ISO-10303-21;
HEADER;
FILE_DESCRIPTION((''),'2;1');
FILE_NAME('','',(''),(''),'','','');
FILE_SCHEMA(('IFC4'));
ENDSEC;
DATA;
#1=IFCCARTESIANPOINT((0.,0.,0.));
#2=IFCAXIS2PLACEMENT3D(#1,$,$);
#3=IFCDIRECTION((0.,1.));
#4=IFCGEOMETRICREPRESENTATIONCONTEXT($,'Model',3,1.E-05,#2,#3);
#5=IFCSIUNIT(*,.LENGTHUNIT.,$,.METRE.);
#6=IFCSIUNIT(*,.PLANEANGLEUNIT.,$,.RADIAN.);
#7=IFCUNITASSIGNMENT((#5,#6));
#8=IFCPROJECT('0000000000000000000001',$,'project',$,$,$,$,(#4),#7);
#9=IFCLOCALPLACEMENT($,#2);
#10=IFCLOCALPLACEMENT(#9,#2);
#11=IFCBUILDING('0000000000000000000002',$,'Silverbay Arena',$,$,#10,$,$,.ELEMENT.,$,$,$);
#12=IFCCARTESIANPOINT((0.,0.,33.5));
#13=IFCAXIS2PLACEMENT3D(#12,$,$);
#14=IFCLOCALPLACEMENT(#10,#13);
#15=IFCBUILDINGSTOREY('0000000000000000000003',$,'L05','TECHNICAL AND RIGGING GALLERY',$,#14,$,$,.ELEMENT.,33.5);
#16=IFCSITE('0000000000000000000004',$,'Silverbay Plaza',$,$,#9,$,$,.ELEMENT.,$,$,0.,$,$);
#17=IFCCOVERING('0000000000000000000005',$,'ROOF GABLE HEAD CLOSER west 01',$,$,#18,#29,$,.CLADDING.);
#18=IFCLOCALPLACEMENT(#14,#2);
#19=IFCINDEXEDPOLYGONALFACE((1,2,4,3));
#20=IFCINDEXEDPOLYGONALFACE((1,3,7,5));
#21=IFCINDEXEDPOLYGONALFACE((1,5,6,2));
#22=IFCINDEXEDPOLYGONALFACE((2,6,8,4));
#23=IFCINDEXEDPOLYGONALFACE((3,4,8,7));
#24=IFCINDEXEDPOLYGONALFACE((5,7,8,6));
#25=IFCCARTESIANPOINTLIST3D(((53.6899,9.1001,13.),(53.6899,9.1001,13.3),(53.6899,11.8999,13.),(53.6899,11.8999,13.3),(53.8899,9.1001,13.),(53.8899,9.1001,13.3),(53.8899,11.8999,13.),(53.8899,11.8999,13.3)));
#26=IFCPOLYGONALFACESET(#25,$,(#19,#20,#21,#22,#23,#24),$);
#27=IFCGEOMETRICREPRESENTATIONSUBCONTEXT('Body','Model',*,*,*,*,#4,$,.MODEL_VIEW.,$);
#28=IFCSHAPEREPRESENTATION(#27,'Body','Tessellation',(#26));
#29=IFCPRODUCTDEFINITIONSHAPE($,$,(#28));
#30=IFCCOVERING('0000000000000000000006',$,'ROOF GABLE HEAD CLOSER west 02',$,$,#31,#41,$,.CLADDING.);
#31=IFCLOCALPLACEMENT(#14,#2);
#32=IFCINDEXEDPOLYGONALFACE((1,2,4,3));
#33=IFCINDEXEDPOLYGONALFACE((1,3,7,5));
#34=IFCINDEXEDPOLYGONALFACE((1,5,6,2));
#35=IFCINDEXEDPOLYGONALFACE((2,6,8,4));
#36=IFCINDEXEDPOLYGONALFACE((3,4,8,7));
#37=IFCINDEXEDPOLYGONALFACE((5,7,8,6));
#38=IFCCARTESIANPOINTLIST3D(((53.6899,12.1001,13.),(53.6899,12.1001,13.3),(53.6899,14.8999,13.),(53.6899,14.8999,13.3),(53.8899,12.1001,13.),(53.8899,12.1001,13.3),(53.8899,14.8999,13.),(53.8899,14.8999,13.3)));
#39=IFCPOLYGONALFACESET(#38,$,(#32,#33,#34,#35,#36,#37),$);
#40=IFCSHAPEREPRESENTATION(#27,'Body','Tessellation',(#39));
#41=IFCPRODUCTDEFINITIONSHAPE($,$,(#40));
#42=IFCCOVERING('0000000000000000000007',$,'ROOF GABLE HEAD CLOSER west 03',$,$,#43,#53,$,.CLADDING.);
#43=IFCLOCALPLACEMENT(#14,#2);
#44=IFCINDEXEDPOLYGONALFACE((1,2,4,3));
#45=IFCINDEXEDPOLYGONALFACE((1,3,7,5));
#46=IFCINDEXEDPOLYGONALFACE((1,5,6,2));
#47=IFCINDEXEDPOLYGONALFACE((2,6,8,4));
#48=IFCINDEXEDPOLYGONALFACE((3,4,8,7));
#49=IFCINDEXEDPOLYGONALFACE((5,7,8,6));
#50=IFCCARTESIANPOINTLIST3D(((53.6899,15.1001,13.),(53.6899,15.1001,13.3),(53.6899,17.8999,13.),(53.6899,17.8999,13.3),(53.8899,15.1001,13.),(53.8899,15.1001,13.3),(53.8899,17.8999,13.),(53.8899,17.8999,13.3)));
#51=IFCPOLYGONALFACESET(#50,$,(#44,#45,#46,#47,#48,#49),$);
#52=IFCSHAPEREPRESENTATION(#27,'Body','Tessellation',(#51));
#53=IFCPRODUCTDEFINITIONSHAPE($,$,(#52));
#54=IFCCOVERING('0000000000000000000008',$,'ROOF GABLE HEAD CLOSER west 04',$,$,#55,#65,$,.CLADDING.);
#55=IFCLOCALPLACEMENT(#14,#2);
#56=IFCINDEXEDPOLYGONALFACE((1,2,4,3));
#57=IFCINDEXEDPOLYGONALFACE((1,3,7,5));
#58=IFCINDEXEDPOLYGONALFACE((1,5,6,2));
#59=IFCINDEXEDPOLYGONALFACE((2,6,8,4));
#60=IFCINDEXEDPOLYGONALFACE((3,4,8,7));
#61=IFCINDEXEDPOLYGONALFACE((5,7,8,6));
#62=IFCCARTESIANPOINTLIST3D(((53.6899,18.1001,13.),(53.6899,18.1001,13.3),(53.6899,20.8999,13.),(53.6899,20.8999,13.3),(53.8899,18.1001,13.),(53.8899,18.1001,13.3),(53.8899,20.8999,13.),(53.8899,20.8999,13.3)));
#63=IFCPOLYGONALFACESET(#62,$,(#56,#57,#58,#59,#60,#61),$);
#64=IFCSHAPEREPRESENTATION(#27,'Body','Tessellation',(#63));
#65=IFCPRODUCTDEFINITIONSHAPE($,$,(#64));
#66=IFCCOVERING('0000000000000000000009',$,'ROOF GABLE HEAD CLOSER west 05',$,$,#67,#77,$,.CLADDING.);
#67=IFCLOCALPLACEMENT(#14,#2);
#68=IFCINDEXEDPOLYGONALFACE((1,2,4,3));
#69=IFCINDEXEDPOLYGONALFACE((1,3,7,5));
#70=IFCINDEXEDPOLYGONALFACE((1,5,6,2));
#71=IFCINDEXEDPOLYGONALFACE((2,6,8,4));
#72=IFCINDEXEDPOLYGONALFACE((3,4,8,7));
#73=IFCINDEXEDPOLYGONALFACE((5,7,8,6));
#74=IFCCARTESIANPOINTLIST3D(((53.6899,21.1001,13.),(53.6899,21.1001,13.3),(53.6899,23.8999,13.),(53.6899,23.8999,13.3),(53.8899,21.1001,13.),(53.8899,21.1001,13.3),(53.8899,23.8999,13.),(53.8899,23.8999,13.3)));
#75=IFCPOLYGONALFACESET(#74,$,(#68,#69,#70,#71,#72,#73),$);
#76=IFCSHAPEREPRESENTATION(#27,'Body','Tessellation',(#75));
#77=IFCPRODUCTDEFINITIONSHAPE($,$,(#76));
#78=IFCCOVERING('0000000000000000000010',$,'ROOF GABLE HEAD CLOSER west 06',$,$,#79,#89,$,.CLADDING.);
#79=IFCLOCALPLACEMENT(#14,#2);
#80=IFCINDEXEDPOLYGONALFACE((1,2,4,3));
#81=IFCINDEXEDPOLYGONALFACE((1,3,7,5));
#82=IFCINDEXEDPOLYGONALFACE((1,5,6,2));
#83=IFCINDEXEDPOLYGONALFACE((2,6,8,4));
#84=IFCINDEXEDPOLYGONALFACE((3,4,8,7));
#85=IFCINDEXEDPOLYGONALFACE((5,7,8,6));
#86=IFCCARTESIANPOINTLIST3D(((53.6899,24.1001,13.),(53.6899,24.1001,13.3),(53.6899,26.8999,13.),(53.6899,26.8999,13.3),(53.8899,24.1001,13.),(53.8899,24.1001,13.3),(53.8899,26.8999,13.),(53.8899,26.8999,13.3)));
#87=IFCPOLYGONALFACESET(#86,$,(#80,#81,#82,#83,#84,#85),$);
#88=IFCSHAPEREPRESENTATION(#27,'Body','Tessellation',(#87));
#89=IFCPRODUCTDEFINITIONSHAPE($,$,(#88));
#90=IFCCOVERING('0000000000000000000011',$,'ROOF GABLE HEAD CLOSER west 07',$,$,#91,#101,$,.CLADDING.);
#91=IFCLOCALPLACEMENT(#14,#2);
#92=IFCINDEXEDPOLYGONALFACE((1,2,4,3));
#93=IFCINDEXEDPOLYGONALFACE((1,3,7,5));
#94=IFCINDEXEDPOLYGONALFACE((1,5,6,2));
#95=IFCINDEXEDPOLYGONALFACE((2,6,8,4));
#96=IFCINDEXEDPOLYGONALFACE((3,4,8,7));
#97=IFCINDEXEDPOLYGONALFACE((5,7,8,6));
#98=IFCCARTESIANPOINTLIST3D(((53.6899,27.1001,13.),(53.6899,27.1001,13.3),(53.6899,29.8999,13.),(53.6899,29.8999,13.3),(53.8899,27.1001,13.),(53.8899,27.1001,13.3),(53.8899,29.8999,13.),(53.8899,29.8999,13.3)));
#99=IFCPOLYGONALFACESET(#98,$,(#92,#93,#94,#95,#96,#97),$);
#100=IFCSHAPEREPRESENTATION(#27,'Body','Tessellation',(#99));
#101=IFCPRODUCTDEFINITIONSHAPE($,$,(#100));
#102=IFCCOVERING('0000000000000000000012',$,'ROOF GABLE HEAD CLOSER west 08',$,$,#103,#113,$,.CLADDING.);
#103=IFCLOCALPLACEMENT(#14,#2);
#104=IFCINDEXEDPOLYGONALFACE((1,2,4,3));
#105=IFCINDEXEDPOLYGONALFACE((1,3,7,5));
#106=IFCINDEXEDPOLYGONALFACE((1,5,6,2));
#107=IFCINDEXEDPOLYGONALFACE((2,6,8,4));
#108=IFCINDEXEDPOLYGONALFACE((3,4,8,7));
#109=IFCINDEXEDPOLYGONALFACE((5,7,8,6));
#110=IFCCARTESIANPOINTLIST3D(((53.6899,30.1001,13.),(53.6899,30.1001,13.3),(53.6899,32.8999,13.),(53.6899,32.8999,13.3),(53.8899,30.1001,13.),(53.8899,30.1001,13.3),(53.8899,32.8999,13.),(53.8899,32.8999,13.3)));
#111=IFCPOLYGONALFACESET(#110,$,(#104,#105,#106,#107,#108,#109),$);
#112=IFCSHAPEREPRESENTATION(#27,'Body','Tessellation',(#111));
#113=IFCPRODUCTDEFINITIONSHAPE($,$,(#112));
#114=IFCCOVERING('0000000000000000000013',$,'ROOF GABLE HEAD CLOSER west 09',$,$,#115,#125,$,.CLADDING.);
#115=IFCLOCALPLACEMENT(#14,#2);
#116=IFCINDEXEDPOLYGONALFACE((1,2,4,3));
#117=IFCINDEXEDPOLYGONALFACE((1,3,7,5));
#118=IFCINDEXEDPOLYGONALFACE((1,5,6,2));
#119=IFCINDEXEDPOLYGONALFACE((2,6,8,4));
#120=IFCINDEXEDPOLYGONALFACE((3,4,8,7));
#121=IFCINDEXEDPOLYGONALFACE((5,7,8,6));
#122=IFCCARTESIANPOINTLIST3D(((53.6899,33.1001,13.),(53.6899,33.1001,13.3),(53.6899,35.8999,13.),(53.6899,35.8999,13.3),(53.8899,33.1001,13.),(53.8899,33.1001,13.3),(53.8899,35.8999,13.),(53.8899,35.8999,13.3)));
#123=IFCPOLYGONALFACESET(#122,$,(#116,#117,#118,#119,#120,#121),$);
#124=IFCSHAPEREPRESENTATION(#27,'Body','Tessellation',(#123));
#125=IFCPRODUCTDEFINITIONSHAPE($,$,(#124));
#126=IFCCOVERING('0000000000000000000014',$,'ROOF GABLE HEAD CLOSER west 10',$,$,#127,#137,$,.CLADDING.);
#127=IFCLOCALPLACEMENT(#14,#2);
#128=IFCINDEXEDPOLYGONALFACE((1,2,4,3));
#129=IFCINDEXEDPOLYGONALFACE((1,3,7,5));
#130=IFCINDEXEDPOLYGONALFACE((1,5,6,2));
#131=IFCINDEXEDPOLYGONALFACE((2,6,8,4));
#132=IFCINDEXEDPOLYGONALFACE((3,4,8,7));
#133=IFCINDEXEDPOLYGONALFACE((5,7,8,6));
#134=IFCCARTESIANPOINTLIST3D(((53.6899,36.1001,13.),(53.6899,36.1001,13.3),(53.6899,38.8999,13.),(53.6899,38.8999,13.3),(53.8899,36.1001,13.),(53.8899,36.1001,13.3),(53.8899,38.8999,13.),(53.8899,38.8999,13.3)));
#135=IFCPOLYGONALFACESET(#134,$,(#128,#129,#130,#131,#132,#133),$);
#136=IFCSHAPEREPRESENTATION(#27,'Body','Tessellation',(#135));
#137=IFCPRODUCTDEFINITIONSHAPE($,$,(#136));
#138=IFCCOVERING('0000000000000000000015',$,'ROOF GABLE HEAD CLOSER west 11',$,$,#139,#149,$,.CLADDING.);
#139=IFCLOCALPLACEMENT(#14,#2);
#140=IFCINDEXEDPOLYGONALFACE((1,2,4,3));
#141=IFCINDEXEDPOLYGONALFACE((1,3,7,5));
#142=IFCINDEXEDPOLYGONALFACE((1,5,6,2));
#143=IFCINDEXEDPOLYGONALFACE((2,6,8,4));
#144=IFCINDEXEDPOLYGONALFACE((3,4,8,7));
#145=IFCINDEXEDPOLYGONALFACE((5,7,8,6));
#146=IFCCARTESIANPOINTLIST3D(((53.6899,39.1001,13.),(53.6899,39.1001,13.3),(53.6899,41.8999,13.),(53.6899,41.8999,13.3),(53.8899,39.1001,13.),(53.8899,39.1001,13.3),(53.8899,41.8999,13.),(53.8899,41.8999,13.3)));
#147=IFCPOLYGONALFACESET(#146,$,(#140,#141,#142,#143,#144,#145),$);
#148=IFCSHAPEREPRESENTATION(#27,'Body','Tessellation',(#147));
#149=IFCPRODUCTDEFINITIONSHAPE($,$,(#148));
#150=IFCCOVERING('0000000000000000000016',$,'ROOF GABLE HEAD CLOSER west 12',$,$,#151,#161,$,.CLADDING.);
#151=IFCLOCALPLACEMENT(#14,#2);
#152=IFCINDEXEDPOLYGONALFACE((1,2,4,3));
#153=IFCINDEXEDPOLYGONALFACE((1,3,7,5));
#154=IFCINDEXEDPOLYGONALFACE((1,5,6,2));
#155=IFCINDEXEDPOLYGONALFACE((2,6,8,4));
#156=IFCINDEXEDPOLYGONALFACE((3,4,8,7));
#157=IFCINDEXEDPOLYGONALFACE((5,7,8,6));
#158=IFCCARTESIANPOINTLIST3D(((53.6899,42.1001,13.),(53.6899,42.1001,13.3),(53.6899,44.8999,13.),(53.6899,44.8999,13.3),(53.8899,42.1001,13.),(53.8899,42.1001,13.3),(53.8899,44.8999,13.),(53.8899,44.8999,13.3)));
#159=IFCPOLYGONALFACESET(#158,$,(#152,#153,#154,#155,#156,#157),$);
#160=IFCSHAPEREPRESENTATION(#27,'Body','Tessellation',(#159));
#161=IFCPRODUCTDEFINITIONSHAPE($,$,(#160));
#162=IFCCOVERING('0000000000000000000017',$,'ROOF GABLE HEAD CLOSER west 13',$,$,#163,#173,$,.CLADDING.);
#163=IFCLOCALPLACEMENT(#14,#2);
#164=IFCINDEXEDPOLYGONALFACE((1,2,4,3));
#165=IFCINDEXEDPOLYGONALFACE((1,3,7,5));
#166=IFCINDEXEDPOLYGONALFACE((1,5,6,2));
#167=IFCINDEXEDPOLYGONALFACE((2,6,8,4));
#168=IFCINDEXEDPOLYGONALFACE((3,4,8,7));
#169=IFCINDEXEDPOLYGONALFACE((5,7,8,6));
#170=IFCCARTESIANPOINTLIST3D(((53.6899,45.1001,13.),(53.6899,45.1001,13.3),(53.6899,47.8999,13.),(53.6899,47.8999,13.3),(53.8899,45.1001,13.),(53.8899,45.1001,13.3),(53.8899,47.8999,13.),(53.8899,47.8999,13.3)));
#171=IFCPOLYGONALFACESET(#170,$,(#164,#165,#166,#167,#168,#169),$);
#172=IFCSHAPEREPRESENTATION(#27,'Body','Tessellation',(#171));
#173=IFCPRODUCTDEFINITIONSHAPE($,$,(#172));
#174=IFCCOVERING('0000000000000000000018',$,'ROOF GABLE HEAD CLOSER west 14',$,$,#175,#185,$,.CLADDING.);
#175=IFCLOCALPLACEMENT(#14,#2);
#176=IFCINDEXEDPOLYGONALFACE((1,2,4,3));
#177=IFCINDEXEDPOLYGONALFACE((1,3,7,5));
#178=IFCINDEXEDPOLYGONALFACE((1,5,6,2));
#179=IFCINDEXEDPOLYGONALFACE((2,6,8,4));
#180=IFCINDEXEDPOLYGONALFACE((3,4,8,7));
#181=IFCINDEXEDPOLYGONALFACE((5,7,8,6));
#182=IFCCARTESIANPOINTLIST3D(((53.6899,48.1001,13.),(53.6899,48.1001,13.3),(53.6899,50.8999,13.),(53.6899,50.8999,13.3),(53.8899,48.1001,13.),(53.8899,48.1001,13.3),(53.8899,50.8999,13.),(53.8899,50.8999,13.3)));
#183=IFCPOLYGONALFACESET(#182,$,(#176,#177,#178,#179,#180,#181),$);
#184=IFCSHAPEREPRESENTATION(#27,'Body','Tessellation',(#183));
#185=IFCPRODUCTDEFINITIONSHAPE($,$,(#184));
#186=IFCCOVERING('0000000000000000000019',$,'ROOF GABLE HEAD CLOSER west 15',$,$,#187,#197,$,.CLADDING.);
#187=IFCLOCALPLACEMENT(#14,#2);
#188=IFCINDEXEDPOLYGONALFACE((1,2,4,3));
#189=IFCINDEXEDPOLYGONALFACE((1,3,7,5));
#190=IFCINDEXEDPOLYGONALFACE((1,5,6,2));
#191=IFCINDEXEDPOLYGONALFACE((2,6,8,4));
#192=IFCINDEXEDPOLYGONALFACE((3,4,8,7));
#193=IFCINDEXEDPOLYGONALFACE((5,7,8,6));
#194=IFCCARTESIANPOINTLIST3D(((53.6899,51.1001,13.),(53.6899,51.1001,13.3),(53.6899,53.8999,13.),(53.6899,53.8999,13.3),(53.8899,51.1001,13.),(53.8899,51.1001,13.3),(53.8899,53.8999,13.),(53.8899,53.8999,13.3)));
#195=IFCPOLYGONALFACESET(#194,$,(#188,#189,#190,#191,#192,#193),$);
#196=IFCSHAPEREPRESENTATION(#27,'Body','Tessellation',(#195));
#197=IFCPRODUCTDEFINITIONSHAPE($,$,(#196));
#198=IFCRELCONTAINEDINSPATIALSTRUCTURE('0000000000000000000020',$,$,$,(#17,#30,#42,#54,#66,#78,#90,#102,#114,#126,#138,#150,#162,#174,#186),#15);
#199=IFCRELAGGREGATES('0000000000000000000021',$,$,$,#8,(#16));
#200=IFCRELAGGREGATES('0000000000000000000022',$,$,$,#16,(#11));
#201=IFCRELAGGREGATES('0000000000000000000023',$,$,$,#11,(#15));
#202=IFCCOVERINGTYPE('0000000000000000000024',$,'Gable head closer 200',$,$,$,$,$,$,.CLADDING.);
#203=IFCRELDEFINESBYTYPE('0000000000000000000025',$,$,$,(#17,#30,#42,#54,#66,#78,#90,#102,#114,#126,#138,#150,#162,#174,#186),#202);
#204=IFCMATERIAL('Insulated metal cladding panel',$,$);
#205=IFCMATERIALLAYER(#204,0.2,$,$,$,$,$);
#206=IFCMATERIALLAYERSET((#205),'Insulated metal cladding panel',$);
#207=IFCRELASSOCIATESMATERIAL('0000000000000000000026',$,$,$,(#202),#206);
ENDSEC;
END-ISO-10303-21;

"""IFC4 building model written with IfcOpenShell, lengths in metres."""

from ifc_helpers import new_model, si_unit, direction, frame, origin, place, context, subcontext, project, spatial, polyline, outline, extrude, material, layer, layer_set, type_object, element, save


model = new_model("IFC4")

# Units and contexts
model_context = context("Model", 3, precision=1e-05, world=origin(), true_north=direction((0.0, 1.0)))
body_context = subcontext(model_context, "Body", "Model", "MODEL_VIEW")
ifc_project = project(units=[si_unit("LENGTHUNIT", "METRE"), si_unit("PLANEANGLEUNIT", "RADIAN")], contexts=[model_context])

# Site, building, storey
site_placement = place(None, origin())
site = spatial("IfcSite", under=ifc_project, at=site_placement, Name="Silverbay Plaza", CompositionType="ELEMENT", RefElevation=0.0)
building_placement = place(site_placement, origin())
building = spatial("IfcBuilding", under=site, at=building_placement, Name="Silverbay Arena", CompositionType="ELEMENT")
storey_placement = place(building_placement, frame((0.0, 0.0, 33.5)))
storey = spatial("IfcBuildingStorey", under=building, at=storey_placement, Name="L05", Description="TECHNICAL AND RIGGING GALLERY", CompositionType="ELEMENT", Elevation=33.5)

# Coverings
ifc_material_1 = material(Name="Insulated metal cladding panel")
ifc_layer_1 = layer(ifc_material_1, 0.2)
ifc_layer_set_1 = layer_set([ifc_layer_1], Name="Insulated metal cladding panel")
covering_type_1 = type_object("IfcCoveringType", Name="Gable head closer 200", PredefinedType="CLADDING", material=ifc_layer_set_1)
covering_1_placement = place(storey_placement, frame((0.0, 0.0, 13.0)))
element("IfcCovering", 1, at=covering_1_placement, inside=storey, type_object=covering_type_1, Name="ROOF GABLE HEAD CLOSER west 01", PredefinedType="CLADDING", context=body_context, shape_type="SweptSolid", body=[
    extrude(outline(polyline([(53.6899, 9.1001), (53.8899, 9.1001), (53.8899, 11.8999), (53.6899, 11.8999), (53.6899, 9.1001)])), origin(), (0.0, 0.0, 1.0), 0.3),
])
covering_2_placement = place(storey_placement, frame((0.0, 0.0, 13.0)))
element("IfcCovering", 2, at=covering_2_placement, inside=storey, type_object=covering_type_1, Name="ROOF GABLE HEAD CLOSER west 02", PredefinedType="CLADDING", context=body_context, shape_type="SweptSolid", body=[
    extrude(outline(polyline([(53.6899, 12.1001), (53.8899, 12.1001), (53.8899, 14.8999), (53.6899, 14.8999), (53.6899, 12.1001)])), origin(), (0.0, 0.0, 1.0), 0.3),
])
covering_3_placement = place(storey_placement, frame((0.0, 0.0, 13.0)))
element("IfcCovering", 3, at=covering_3_placement, inside=storey, type_object=covering_type_1, Name="ROOF GABLE HEAD CLOSER west 03", PredefinedType="CLADDING", context=body_context, shape_type="SweptSolid", body=[
    extrude(outline(polyline([(53.6899, 15.1001), (53.8899, 15.1001), (53.8899, 17.8999), (53.6899, 17.8999), (53.6899, 15.1001)])), origin(), (0.0, 0.0, 1.0), 0.3),
])
covering_4_placement = place(storey_placement, frame((0.0, 0.0, 13.0)))
element("IfcCovering", 4, at=covering_4_placement, inside=storey, type_object=covering_type_1, Name="ROOF GABLE HEAD CLOSER west 04", PredefinedType="CLADDING", context=body_context, shape_type="SweptSolid", body=[
    extrude(outline(polyline([(53.6899, 18.1001), (53.8899, 18.1001), (53.8899, 20.8999), (53.6899, 20.8999), (53.6899, 18.1001)])), origin(), (0.0, 0.0, 1.0), 0.3),
])
covering_5_placement = place(storey_placement, frame((0.0, 0.0, 13.0)))
element("IfcCovering", 5, at=covering_5_placement, inside=storey, type_object=covering_type_1, Name="ROOF GABLE HEAD CLOSER west 05", PredefinedType="CLADDING", context=body_context, shape_type="SweptSolid", body=[
    extrude(outline(polyline([(53.6899, 21.1001), (53.8899, 21.1001), (53.8899, 23.8999), (53.6899, 23.8999), (53.6899, 21.1001)])), origin(), (0.0, 0.0, 1.0), 0.3),
])
covering_6_placement = place(storey_placement, frame((0.0, 0.0, 13.0)))
element("IfcCovering", 6, at=covering_6_placement, inside=storey, type_object=covering_type_1, Name="ROOF GABLE HEAD CLOSER west 06", PredefinedType="CLADDING", context=body_context, shape_type="SweptSolid", body=[
    extrude(outline(polyline([(53.6899, 24.1001), (53.8899, 24.1001), (53.8899, 26.8999), (53.6899, 26.8999), (53.6899, 24.1001)])), origin(), (0.0, 0.0, 1.0), 0.3),
])
covering_7_placement = place(storey_placement, frame((0.0, 0.0, 13.0)))
element("IfcCovering", 7, at=covering_7_placement, inside=storey, type_object=covering_type_1, Name="ROOF GABLE HEAD CLOSER west 07", PredefinedType="CLADDING", context=body_context, shape_type="SweptSolid", body=[
    extrude(outline(polyline([(53.6899, 27.1001), (53.8899, 27.1001), (53.8899, 29.8999), (53.6899, 29.8999), (53.6899, 27.1001)])), origin(), (0.0, 0.0, 1.0), 0.3),
])
covering_8_placement = place(storey_placement, frame((0.0, 0.0, 13.0)))
element("IfcCovering", 8, at=covering_8_placement, inside=storey, type_object=covering_type_1, Name="ROOF GABLE HEAD CLOSER west 08", PredefinedType="CLADDING", context=body_context, shape_type="SweptSolid", body=[
    extrude(outline(polyline([(53.6899, 30.1001), (53.8899, 30.1001), (53.8899, 32.8999), (53.6899, 32.8999), (53.6899, 30.1001)])), origin(), (0.0, 0.0, 1.0), 0.3),
])
covering_9_placement = place(storey_placement, frame((0.0, 0.0, 13.0)))
element("IfcCovering", 9, at=covering_9_placement, inside=storey, type_object=covering_type_1, Name="ROOF GABLE HEAD CLOSER west 09", PredefinedType="CLADDING", context=body_context, shape_type="SweptSolid", body=[
    extrude(outline(polyline([(53.6899, 33.1001), (53.8899, 33.1001), (53.8899, 35.8999), (53.6899, 35.8999), (53.6899, 33.1001)])), origin(), (0.0, 0.0, 1.0), 0.3),
])
covering_10_placement = place(storey_placement, frame((0.0, 0.0, 13.0)))
element("IfcCovering", 10, at=covering_10_placement, inside=storey, type_object=covering_type_1, Name="ROOF GABLE HEAD CLOSER west 10", PredefinedType="CLADDING", context=body_context, shape_type="SweptSolid", body=[
    extrude(outline(polyline([(53.6899, 36.1001), (53.8899, 36.1001), (53.8899, 38.8999), (53.6899, 38.8999), (53.6899, 36.1001)])), origin(), (0.0, 0.0, 1.0), 0.3),
])
covering_11_placement = place(storey_placement, frame((0.0, 0.0, 13.0)))
element("IfcCovering", 11, at=covering_11_placement, inside=storey, type_object=covering_type_1, Name="ROOF GABLE HEAD CLOSER west 11", PredefinedType="CLADDING", context=body_context, shape_type="SweptSolid", body=[
    extrude(outline(polyline([(53.6899, 39.1001), (53.8899, 39.1001), (53.8899, 41.8999), (53.6899, 41.8999), (53.6899, 39.1001)])), origin(), (0.0, 0.0, 1.0), 0.3),
])
covering_12_placement = place(storey_placement, frame((0.0, 0.0, 13.0)))
element("IfcCovering", 12, at=covering_12_placement, inside=storey, type_object=covering_type_1, Name="ROOF GABLE HEAD CLOSER west 12", PredefinedType="CLADDING", context=body_context, shape_type="SweptSolid", body=[
    extrude(outline(polyline([(53.6899, 42.1001), (53.8899, 42.1001), (53.8899, 44.8999), (53.6899, 44.8999), (53.6899, 42.1001)])), origin(), (0.0, 0.0, 1.0), 0.3),
])
covering_13_placement = place(storey_placement, frame((0.0, 0.0, 13.0)))
element("IfcCovering", 13, at=covering_13_placement, inside=storey, type_object=covering_type_1, Name="ROOF GABLE HEAD CLOSER west 13", PredefinedType="CLADDING", context=body_context, shape_type="SweptSolid", body=[
    extrude(outline(polyline([(53.6899, 45.1001), (53.8899, 45.1001), (53.8899, 47.8999), (53.6899, 47.8999), (53.6899, 45.1001)])), origin(), (0.0, 0.0, 1.0), 0.3),
])
covering_14_placement = place(storey_placement, frame((0.0, 0.0, 13.0)))
element("IfcCovering", 14, at=covering_14_placement, inside=storey, type_object=covering_type_1, Name="ROOF GABLE HEAD CLOSER west 14", PredefinedType="CLADDING", context=body_context, shape_type="SweptSolid", body=[
    extrude(outline(polyline([(53.6899, 48.1001), (53.8899, 48.1001), (53.8899, 50.8999), (53.6899, 50.8999), (53.6899, 48.1001)])), origin(), (0.0, 0.0, 1.0), 0.3),
])
covering_15_placement = place(storey_placement, frame((0.0, 0.0, 13.0)))
element("IfcCovering", 15, at=covering_15_placement, inside=storey, type_object=covering_type_1, Name="ROOF GABLE HEAD CLOSER west 15", PredefinedType="CLADDING", context=body_context, shape_type="SweptSolid", body=[
    extrude(outline(polyline([(53.6899, 51.1001), (53.8899, 51.1001), (53.8899, 53.8999), (53.6899, 53.8999), (53.6899, 51.1001)])), origin(), (0.0, 0.0, 1.0), 0.3),
])

save(model, "model.ifc")
